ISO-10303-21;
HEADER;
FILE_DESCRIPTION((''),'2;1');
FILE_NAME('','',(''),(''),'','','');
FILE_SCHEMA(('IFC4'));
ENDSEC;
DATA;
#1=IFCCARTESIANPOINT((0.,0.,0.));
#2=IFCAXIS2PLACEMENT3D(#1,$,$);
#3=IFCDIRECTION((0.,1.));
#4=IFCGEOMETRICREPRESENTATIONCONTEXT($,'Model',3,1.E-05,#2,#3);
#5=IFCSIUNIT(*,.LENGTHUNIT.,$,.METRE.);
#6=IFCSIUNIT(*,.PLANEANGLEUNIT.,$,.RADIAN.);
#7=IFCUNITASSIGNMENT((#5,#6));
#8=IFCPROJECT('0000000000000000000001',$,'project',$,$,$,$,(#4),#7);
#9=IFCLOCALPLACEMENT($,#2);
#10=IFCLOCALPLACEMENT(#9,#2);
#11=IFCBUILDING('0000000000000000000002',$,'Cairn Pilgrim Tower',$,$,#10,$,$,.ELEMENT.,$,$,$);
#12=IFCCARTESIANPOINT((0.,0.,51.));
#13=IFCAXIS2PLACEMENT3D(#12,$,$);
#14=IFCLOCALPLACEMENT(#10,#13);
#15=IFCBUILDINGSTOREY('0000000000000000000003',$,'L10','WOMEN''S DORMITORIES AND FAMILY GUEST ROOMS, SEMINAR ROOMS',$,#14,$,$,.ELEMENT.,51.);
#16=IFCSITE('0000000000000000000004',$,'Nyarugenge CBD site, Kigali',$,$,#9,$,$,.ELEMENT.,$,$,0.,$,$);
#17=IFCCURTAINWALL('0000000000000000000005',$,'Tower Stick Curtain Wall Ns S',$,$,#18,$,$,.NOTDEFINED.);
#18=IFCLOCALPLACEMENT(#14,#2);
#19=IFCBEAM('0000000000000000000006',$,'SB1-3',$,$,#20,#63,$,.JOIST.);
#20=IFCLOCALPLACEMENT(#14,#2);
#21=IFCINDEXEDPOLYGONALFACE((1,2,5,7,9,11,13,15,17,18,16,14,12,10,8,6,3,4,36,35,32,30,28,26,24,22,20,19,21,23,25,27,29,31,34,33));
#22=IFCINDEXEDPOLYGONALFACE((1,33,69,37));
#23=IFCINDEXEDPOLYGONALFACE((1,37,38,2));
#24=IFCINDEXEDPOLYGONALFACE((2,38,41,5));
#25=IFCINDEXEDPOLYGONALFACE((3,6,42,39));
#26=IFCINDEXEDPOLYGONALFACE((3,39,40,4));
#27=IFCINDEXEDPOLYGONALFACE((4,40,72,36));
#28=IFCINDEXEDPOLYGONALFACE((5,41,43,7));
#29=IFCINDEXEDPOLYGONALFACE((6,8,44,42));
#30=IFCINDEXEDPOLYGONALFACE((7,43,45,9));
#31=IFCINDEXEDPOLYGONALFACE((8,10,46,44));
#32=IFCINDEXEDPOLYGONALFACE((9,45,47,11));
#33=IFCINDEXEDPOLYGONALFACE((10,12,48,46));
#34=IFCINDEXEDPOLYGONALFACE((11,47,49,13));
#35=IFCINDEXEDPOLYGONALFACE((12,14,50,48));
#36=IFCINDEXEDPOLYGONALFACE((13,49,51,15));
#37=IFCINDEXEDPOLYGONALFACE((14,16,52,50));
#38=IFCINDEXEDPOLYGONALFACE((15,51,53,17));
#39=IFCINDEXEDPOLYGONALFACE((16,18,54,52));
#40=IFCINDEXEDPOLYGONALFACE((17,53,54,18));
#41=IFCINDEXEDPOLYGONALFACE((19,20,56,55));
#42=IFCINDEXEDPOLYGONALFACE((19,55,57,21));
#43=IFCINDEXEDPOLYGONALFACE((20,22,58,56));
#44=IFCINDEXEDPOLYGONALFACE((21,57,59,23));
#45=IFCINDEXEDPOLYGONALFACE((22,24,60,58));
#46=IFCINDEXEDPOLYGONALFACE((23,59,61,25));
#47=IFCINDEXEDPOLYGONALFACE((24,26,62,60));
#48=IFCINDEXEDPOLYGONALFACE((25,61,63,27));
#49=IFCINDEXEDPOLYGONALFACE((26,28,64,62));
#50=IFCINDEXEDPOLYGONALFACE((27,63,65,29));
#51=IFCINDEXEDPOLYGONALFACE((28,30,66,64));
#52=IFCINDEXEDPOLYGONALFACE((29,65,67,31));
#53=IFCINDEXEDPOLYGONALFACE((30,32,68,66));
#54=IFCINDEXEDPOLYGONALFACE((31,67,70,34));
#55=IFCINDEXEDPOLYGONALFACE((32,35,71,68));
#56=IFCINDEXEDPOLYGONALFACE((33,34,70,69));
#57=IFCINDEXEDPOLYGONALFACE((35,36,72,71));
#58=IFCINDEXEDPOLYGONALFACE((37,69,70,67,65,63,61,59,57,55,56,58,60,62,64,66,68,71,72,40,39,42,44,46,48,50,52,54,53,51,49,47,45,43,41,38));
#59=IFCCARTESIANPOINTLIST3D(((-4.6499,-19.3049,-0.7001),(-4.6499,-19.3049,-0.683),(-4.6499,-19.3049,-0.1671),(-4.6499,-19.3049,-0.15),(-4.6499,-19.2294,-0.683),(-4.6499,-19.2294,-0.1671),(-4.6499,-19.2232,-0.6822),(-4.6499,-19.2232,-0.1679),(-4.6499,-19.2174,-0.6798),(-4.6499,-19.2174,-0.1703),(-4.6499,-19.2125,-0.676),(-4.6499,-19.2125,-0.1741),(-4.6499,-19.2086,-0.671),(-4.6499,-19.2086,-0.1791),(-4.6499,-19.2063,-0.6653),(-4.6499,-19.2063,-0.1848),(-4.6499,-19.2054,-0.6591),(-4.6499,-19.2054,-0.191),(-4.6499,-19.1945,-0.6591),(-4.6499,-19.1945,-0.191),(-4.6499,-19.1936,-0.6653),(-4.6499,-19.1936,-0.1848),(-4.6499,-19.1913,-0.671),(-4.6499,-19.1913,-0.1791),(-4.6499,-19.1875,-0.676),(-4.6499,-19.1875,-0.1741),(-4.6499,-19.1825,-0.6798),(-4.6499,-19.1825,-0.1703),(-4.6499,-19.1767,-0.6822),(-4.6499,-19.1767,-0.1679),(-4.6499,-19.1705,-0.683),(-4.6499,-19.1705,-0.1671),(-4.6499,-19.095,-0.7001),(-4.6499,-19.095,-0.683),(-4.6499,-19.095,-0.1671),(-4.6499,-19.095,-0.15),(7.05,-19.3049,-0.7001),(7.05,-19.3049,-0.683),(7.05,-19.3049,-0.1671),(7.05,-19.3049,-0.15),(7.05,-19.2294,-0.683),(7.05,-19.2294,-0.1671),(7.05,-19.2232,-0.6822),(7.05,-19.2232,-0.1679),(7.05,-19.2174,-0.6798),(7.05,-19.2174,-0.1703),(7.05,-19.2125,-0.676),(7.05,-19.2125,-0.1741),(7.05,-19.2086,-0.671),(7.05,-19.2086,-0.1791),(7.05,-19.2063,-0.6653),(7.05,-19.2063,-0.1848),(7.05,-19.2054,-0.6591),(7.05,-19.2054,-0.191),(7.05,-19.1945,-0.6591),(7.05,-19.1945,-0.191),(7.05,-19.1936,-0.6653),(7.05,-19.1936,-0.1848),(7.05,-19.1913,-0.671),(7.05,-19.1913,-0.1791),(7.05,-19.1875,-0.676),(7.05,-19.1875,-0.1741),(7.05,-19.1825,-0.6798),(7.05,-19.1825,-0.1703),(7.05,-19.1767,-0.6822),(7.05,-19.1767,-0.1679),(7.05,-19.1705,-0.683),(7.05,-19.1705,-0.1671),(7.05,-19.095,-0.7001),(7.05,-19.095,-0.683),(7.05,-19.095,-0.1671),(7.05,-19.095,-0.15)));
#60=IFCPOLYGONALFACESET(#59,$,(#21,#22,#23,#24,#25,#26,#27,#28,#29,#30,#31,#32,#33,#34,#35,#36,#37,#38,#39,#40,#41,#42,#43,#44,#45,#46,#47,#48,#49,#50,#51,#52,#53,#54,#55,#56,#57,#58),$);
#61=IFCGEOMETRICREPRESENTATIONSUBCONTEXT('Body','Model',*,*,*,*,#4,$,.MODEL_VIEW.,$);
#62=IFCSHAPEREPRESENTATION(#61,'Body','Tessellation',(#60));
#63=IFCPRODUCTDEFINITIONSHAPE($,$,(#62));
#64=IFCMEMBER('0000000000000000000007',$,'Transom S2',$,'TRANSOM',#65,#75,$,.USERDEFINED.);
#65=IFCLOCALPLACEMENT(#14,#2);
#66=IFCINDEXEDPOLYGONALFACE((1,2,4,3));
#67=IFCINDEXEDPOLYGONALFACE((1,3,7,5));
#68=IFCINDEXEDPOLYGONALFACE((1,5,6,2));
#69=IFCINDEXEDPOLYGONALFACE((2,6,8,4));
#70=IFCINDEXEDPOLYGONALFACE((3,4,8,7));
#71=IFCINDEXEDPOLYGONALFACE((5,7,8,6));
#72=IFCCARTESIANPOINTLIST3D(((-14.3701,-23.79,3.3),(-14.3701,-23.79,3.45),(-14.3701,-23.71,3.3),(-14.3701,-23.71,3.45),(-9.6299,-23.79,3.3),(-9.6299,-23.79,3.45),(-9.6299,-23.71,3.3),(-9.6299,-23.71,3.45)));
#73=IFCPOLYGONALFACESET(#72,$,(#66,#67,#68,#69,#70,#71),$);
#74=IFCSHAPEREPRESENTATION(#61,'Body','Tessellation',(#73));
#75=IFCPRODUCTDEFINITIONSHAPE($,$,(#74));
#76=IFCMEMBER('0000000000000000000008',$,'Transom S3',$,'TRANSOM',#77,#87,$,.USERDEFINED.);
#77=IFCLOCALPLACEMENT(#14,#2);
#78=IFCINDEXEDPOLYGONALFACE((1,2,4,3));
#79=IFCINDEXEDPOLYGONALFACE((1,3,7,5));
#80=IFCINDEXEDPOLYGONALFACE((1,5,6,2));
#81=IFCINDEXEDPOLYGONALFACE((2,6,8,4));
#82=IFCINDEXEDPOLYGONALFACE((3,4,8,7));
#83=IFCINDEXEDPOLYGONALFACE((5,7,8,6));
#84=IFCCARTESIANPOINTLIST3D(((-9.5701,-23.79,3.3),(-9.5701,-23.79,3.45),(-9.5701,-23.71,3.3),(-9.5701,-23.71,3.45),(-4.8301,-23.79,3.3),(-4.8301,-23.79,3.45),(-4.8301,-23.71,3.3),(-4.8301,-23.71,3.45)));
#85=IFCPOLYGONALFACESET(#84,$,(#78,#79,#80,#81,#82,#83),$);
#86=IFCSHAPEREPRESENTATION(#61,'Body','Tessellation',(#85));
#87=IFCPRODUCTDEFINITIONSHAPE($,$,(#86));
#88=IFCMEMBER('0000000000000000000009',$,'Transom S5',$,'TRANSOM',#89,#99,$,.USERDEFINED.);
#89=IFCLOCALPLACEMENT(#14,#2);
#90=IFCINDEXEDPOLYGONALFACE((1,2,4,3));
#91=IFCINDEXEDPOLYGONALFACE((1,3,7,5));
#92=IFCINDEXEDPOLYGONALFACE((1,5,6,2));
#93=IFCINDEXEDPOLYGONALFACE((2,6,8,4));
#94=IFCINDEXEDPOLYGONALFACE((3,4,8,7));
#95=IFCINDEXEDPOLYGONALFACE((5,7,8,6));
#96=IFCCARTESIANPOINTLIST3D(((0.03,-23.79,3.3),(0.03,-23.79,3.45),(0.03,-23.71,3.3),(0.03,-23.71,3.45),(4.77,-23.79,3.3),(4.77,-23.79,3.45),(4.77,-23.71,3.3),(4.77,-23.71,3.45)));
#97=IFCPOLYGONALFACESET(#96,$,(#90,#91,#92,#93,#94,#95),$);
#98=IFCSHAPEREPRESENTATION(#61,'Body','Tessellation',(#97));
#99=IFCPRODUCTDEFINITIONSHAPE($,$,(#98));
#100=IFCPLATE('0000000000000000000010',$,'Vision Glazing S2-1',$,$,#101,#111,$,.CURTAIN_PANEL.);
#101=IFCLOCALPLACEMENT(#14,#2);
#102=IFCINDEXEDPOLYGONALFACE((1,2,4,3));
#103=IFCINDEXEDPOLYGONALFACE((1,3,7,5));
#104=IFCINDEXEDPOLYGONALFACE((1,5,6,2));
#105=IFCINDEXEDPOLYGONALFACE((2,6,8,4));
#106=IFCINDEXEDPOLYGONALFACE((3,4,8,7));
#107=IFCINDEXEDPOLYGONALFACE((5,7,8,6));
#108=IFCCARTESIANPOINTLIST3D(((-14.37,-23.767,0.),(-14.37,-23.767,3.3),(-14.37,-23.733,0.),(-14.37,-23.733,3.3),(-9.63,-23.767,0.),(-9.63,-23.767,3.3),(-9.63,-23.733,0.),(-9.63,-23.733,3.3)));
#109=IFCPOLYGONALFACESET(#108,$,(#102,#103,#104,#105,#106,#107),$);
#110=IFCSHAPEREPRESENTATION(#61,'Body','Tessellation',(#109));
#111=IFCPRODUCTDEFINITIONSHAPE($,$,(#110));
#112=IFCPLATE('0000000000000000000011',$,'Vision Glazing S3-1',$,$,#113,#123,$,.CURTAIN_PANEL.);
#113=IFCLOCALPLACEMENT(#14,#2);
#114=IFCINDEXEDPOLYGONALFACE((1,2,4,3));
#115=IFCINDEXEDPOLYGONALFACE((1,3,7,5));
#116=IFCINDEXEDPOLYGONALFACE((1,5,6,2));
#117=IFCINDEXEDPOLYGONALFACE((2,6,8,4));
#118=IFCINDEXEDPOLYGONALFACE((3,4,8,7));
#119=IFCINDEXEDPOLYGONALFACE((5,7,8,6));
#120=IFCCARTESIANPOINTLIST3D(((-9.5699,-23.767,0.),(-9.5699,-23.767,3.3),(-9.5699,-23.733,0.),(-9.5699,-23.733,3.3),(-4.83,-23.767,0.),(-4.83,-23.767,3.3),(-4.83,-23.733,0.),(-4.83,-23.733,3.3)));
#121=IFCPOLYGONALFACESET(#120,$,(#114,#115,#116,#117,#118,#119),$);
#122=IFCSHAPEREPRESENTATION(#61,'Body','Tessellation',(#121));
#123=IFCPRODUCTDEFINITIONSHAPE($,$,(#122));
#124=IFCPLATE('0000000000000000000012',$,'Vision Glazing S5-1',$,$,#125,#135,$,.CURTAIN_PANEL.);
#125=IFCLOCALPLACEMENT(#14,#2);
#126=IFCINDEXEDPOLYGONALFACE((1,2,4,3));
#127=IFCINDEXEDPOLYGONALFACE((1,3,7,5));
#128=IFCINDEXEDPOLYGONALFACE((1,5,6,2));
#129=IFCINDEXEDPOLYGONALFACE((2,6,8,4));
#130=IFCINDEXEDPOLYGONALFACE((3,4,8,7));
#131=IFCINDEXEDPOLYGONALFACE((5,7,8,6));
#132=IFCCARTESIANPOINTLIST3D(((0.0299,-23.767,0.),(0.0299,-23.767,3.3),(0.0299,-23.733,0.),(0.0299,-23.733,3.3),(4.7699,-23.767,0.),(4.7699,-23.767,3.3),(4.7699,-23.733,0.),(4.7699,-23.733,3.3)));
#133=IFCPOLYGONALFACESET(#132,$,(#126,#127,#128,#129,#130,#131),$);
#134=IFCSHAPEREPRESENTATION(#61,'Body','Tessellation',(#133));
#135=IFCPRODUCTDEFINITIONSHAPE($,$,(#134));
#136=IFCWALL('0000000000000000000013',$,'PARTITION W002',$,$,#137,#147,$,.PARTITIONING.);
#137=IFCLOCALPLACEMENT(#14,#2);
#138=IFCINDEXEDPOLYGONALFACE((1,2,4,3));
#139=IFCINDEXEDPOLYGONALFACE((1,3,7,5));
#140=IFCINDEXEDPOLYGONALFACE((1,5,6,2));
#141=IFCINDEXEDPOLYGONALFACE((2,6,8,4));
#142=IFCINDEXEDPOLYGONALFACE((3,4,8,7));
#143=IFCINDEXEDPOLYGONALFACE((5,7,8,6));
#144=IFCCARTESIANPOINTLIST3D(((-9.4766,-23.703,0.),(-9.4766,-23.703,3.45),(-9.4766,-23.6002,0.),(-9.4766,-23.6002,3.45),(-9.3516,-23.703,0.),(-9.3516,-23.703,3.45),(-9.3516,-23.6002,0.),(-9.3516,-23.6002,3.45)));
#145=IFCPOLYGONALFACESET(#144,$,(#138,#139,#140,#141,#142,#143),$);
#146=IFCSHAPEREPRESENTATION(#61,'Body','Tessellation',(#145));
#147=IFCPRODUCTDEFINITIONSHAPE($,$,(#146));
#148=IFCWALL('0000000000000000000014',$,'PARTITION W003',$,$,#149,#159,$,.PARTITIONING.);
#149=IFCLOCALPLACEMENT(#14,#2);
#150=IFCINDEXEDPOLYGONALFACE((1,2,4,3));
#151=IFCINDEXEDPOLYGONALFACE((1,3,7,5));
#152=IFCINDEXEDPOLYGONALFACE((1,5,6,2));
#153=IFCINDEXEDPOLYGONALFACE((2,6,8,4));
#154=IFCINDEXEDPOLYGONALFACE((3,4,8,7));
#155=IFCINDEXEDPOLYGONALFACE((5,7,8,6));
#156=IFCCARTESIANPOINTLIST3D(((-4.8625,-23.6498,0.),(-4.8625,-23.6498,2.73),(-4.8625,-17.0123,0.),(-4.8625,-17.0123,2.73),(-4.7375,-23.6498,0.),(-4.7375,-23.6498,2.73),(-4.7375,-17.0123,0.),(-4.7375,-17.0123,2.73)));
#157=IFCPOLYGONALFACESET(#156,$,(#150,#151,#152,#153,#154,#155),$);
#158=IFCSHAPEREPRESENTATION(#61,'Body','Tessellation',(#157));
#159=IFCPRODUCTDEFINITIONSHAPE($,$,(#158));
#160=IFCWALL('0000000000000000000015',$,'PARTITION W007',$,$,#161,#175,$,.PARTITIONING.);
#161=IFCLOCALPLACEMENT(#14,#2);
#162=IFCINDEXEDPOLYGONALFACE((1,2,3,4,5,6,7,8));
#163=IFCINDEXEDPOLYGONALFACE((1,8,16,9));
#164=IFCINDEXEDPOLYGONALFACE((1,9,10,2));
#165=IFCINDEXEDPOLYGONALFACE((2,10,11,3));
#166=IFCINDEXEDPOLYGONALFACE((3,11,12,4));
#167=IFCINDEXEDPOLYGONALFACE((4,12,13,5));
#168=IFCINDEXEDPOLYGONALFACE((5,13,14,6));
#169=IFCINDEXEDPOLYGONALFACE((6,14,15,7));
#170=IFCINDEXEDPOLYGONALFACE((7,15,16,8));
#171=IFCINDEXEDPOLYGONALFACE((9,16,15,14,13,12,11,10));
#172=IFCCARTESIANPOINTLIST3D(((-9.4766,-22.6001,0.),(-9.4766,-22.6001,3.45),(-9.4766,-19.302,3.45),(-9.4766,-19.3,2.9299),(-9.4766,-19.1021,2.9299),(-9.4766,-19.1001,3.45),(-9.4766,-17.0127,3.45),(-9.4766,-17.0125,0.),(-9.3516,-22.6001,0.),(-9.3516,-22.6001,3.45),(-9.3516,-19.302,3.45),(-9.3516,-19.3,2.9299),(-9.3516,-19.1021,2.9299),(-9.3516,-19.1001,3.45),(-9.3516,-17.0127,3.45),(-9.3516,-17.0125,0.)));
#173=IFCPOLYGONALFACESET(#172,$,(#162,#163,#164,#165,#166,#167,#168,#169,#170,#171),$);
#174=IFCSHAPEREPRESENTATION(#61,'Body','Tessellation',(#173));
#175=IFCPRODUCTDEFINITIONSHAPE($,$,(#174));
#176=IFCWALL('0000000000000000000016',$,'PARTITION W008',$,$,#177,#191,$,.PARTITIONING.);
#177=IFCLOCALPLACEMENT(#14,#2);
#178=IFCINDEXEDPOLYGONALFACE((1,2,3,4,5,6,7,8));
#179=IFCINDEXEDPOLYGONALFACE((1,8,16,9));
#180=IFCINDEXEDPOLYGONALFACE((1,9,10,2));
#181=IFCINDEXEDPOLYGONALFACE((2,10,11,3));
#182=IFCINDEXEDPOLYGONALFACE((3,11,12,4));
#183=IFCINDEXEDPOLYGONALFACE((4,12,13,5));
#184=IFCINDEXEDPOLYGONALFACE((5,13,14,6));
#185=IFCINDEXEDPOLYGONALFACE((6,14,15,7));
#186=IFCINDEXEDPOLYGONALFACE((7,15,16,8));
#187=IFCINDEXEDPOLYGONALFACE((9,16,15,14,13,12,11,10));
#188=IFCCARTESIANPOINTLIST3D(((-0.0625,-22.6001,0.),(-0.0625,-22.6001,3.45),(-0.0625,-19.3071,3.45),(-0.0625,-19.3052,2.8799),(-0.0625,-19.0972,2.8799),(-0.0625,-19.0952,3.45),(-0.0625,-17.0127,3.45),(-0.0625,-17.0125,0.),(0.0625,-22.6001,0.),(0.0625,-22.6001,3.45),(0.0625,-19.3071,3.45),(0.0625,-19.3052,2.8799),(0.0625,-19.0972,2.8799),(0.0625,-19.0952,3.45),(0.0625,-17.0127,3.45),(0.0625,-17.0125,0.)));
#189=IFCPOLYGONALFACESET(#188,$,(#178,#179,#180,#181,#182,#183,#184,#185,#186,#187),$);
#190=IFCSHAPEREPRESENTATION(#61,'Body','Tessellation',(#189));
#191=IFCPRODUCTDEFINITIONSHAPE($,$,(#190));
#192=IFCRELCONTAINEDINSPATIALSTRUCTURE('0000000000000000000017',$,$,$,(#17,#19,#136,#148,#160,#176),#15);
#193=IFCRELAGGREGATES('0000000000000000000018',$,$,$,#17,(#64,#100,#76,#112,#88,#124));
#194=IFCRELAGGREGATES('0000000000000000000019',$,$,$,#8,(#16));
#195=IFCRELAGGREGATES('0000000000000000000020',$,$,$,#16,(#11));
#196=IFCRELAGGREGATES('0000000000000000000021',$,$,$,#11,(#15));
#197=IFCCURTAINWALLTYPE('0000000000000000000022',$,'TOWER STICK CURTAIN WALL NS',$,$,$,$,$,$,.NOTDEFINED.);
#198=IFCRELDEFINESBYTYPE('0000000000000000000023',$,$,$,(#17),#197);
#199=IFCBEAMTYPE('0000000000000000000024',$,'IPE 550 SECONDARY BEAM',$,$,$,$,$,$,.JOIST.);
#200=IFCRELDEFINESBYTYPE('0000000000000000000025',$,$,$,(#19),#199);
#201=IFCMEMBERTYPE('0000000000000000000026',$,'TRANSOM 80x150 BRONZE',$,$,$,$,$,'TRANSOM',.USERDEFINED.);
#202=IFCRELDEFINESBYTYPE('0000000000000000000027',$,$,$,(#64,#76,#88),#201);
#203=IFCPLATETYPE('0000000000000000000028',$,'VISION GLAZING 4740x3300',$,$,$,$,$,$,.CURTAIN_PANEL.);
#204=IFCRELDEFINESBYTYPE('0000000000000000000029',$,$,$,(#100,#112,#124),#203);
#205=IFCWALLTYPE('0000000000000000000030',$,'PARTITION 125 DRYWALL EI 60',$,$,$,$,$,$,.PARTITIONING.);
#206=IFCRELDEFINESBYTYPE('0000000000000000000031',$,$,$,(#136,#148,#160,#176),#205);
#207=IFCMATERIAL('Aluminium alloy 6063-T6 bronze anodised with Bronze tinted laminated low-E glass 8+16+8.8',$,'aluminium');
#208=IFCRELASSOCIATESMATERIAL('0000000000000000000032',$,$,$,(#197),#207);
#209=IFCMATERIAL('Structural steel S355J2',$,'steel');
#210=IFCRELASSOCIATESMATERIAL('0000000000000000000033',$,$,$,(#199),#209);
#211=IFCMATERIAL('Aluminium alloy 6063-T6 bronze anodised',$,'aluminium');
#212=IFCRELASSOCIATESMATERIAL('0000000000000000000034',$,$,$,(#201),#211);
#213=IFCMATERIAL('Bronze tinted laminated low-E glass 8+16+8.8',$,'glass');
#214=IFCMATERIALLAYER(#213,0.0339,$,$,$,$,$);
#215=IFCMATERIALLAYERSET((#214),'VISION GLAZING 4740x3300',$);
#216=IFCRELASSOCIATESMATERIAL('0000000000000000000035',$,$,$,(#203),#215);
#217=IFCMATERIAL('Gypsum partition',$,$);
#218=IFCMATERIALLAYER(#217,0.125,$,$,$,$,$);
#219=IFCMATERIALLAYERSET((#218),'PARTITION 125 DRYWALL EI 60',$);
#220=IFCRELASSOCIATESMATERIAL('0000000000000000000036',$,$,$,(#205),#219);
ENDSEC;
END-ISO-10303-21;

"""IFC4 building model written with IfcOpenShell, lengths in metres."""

from ifc_helpers import new_model, si_unit, direction, frame, frame_2d, origin, origin_2d, place, context, subcontext, project, spatial, polyline, rectangle, i_section, outline, extrude, material, layer, layer_set, material_profile, profile_set, type_object, element, aggregate, save


model = new_model("IFC4")

# Units and contexts
model_context = context("Model", 3, precision=1e-05, world=origin(), true_north=direction((0.0, 1.0)))
body_context = subcontext(model_context, "Body", "Model", "MODEL_VIEW")
ifc_project = project(units=[si_unit("LENGTHUNIT", "METRE"), si_unit("PLANEANGLEUNIT", "RADIAN")], contexts=[model_context])

# Site, building, storey
site_placement = place(None, origin())
site = spatial("IfcSite", under=ifc_project, at=site_placement, Name="Nyarugenge CBD site, Kigali", CompositionType="ELEMENT", RefElevation=0.0)
building_placement = place(site_placement, origin())
building = spatial("IfcBuilding", under=site, at=building_placement, Name="Cairn Pilgrim Tower", CompositionType="ELEMENT")
storey_placement = place(building_placement, frame((0.0, 0.0, 51.0)))
storey = spatial("IfcBuildingStorey", under=building, at=storey_placement, Name="L10", Description="WOMEN'S DORMITORIES AND FAMILY GUEST ROOMS, SEMINAR ROOMS", CompositionType="ELEMENT", Elevation=51.0)

# Curtain wall
ifc_material_1 = material(Name="Aluminium alloy 6063-T6 bronze anodised with Bronze tinted laminated low-E glass 8+16+8.8", Category="aluminium")
curtain_wall_type = type_object("IfcCurtainWallType", Name="TOWER STICK CURTAIN WALL NS", PredefinedType="NOTDEFINED", material=ifc_material_1)
curtain_wall_placement = place(storey_placement, origin())
curtain_wall = element("IfcCurtainWall", 1, at=curtain_wall_placement, inside=storey, type_object=curtain_wall_type, Name="Tower Stick Curtain Wall Ns S", PredefinedType="NOTDEFINED")
ifc_material_2 = material(Name="Aluminium alloy 6063-T6 bronze anodised", Category="aluminium")

# Beam
ifc_material_3 = material(Name="Structural steel S355J2", Category="steel")
ifc_material_profile_1 = material_profile(ifc_material_3, i_section(OverallWidth=0.21, OverallDepth=0.55, WebThickness=0.011, FlangeThickness=0.0171, FilletRadius=0.0239, at=origin_2d()), Name="IPE 550")
ifc_profile_set_1 = profile_set([ifc_material_profile_1], Name="Structural steel S355J2")
beam_type_1 = type_object("IfcBeamType", Name="IPE 550 SECONDARY BEAM", PredefinedType="JOIST", material=ifc_profile_set_1)
beam_1_placement = place(storey_placement, frame((-4.6499, -19.2, -0.425), z_axis=(1.0, 0.0, 0.0), x_axis=(0.0, 1.0, 0.0)))
element("IfcBeam", 2, at=beam_1_placement, inside=storey, type_object=beam_type_1, Name="SB1-3", PredefinedType="JOIST", context=body_context, shape_type="SweptSolid", body=[
    extrude(i_section(OverallWidth=0.21, OverallDepth=0.55, WebThickness=0.011, FlangeThickness=0.0171, FilletRadius=0.0239, at=origin_2d()), origin(), (0.0, 0.0, 1.0), 11.7),
])

# Members
ifc_material_profile_2 = material_profile(ifc_material_2, rectangle(XDim=0.0801, YDim=0.1499, at=origin_2d()), Name="TRANSOM 80x150 BRONZE")
ifc_profile_set_2 = profile_set([ifc_material_profile_2], Name="Aluminium alloy 6063-T6 bronze anodised")
member_type_1 = type_object("IfcMemberType", Name="TRANSOM 80x150 BRONZE", ElementType="TRANSOM", PredefinedType="USERDEFINED", material=ifc_profile_set_2)
member_1_placement = place(storey_placement, frame((-14.3701, -23.75, 3.375), z_axis=(1.0, 0.0, 0.0), x_axis=(0.0, 1.0, 0.0)))
member_1 = element("IfcMember", 3, at=member_1_placement, type_object=member_type_1, Name="Transom S2", ObjectType="TRANSOM", PredefinedType="USERDEFINED", context=body_context, shape_type="SweptSolid", body=[
    extrude(rectangle(XDim=0.0801, YDim=0.1499, at=origin_2d()), origin(), (0.0, 0.0, 1.0), 4.7402),
])
member_2_placement = place(storey_placement, frame((-9.5701, -23.75, 3.375), z_axis=(1.0, 0.0, 0.0), x_axis=(0.0, 1.0, 0.0)))
member_2 = element("IfcMember", 4, at=member_2_placement, type_object=member_type_1, Name="Transom S3", ObjectType="TRANSOM", PredefinedType="USERDEFINED", context=body_context, shape_type="SweptSolid", body=[
    extrude(rectangle(XDim=0.0801, YDim=0.1499, at=origin_2d()), origin(), (0.0, 0.0, 1.0), 4.74),
])
member_3_placement = place(storey_placement, frame((0.03, -23.75, 3.375), z_axis=(1.0, 0.0, 0.0), x_axis=(0.0, 1.0, 0.0)))
member_3 = element("IfcMember", 5, at=member_3_placement, type_object=member_type_1, Name="Transom S5", ObjectType="TRANSOM", PredefinedType="USERDEFINED", context=body_context, shape_type="SweptSolid", body=[
    extrude(rectangle(XDim=0.0801, YDim=0.1499, at=origin_2d()), origin(), (0.0, 0.0, 1.0), 4.74),
])

# Plates
ifc_material_4 = material(Name="Bronze tinted laminated low-E glass 8+16+8.8", Category="glass")
ifc_layer_1 = layer(ifc_material_4, 0.0339)
ifc_layer_set_1 = layer_set([ifc_layer_1], Name="VISION GLAZING 4740x3300")
plate_type = type_object("IfcPlateType", Name="VISION GLAZING 4740x3300", PredefinedType="CURTAIN_PANEL", material=ifc_layer_set_1)
plate_1_placement = place(storey_placement, frame((-12.0, -23.75, 0.0), z_axis=(0.0, 0.0, 1.0), x_axis=(1.0, 0.0, 0.0)))
plate_1 = element("IfcPlate", 6, at=plate_1_placement, type_object=plate_type, Name="Vision Glazing S2-1", PredefinedType="CURTAIN_PANEL", context=body_context, shape_type="SweptSolid", body=[
    extrude(rectangle(XDim=4.74, YDim=0.0339, at=origin_2d()), origin(), (0.0, 0.0, 1.0), 3.3),
])
plate_2_placement = place(storey_placement, frame((-7.2, -23.75, 0.0), z_axis=(0.0, 0.0, 1.0), x_axis=(1.0, 0.0, 0.0)))
plate_2 = element("IfcPlate", 7, at=plate_2_placement, type_object=plate_type, Name="Vision Glazing S3-1", PredefinedType="CURTAIN_PANEL", context=body_context, shape_type="SweptSolid", body=[
    extrude(rectangle(XDim=4.74, YDim=0.0339, at=origin_2d()), origin(), (0.0, 0.0, 1.0), 3.3),
])
plate_3_placement = place(storey_placement, frame((2.3999, -23.75, 0.0), z_axis=(0.0, 0.0, 1.0), x_axis=(1.0, 0.0, 0.0)))
plate_3 = element("IfcPlate", 8, at=plate_3_placement, type_object=plate_type, Name="Vision Glazing S5-1", PredefinedType="CURTAIN_PANEL", context=body_context, shape_type="SweptSolid", body=[
    extrude(rectangle(XDim=4.74, YDim=0.0339, at=origin_2d()), origin(), (0.0, 0.0, 1.0), 3.3),
])
aggregate(curtain_wall, [member_1, plate_1, member_2, plate_2, member_3, plate_3])

# Walls
ifc_material_5 = material(Name="Gypsum partition")
ifc_layer_2 = layer(ifc_material_5, 0.125)
ifc_layer_set_2 = layer_set([ifc_layer_2], Name="PARTITION 125 DRYWALL EI 60")
wall_type_1 = type_object("IfcWallType", Name="PARTITION 125 DRYWALL EI 60", PredefinedType="PARTITIONING", material=ifc_layer_set_2)
wall_1_placement = place(storey_placement, frame((-9.4141, -23.7029, 0.0), z_axis=(0.0, 0.0, 1.0), x_axis=(0.0, 1.0, 0.0)))
element("IfcWall", 9, at=wall_1_placement, inside=storey, type_object=wall_type_1, Name="PARTITION W002", PredefinedType="PARTITIONING", context=body_context, shape_type="SweptSolid", body=[
    extrude(rectangle(XDim=0.1028, YDim=0.125, at=frame_2d((0.0513, 0.0))), origin(), (0.0, 0.0, 1.0), 3.45),
])
wall_2_placement = place(storey_placement, frame((-4.8, -23.6499, 0.0), z_axis=(0.0, 0.0, 1.0), x_axis=(0.0, 1.0, 0.0)))
element("IfcWall", 10, at=wall_2_placement, inside=storey, type_object=wall_type_1, Name="PARTITION W003", PredefinedType="PARTITIONING", context=body_context, shape_type="SweptSolid", body=[
    extrude(rectangle(XDim=6.6375, YDim=0.125, at=frame_2d((3.3188, 0.0))), origin(), (0.0, 0.0, 1.0), 2.73),
])
wall_3_placement = place(storey_placement, frame((-9.4141, -22.6001, 0.0), z_axis=(0.0, 0.0, 1.0), x_axis=(0.0, 1.0, 0.0)))
element("IfcWall", 11, at=wall_3_placement, inside=storey, type_object=wall_type_1, Name="PARTITION W007", PredefinedType="PARTITIONING", context=body_context, shape_type="SweptSolid", body=[
    extrude(outline(polyline([(0.0, 0.0), (5.5876, 0.0), (5.5874, 3.45), (3.5, 3.45), (3.498, 2.9299), (3.3, 2.9299), (3.2981, 3.45), (0.0, 3.45), (0.0, 0.0)])), frame((0.0, 0.0625, 0.0), z_axis=(0.0, -1.0, 0.0), x_axis=(1.0, 0.0, 0.0)), (0.0, 0.0, 1.0), 0.125),
])
wall_4_placement = place(storey_placement, frame((0.0, -22.6001, 0.0), z_axis=(0.0, 0.0, 1.0), x_axis=(0.0, 1.0, 0.0)))
element("IfcWall", 12, at=wall_4_placement, inside=storey, type_object=wall_type_1, Name="PARTITION W008", PredefinedType="PARTITIONING", context=body_context, shape_type="SweptSolid", body=[
    extrude(outline(polyline([(0.0, 0.0), (5.5876, 0.0), (5.5874, 3.45), (3.5049, 3.45), (3.5029, 2.8799), (3.2949, 2.8799), (3.293, 3.45), (0.0, 3.45), (0.0, 0.0)])), frame((0.0, 0.0625, 0.0), z_axis=(0.0, -1.0, 0.0), x_axis=(1.0, 0.0, 0.0)), (0.0, 0.0, 1.0), 0.125),
])

save(model, "model.ifc")
